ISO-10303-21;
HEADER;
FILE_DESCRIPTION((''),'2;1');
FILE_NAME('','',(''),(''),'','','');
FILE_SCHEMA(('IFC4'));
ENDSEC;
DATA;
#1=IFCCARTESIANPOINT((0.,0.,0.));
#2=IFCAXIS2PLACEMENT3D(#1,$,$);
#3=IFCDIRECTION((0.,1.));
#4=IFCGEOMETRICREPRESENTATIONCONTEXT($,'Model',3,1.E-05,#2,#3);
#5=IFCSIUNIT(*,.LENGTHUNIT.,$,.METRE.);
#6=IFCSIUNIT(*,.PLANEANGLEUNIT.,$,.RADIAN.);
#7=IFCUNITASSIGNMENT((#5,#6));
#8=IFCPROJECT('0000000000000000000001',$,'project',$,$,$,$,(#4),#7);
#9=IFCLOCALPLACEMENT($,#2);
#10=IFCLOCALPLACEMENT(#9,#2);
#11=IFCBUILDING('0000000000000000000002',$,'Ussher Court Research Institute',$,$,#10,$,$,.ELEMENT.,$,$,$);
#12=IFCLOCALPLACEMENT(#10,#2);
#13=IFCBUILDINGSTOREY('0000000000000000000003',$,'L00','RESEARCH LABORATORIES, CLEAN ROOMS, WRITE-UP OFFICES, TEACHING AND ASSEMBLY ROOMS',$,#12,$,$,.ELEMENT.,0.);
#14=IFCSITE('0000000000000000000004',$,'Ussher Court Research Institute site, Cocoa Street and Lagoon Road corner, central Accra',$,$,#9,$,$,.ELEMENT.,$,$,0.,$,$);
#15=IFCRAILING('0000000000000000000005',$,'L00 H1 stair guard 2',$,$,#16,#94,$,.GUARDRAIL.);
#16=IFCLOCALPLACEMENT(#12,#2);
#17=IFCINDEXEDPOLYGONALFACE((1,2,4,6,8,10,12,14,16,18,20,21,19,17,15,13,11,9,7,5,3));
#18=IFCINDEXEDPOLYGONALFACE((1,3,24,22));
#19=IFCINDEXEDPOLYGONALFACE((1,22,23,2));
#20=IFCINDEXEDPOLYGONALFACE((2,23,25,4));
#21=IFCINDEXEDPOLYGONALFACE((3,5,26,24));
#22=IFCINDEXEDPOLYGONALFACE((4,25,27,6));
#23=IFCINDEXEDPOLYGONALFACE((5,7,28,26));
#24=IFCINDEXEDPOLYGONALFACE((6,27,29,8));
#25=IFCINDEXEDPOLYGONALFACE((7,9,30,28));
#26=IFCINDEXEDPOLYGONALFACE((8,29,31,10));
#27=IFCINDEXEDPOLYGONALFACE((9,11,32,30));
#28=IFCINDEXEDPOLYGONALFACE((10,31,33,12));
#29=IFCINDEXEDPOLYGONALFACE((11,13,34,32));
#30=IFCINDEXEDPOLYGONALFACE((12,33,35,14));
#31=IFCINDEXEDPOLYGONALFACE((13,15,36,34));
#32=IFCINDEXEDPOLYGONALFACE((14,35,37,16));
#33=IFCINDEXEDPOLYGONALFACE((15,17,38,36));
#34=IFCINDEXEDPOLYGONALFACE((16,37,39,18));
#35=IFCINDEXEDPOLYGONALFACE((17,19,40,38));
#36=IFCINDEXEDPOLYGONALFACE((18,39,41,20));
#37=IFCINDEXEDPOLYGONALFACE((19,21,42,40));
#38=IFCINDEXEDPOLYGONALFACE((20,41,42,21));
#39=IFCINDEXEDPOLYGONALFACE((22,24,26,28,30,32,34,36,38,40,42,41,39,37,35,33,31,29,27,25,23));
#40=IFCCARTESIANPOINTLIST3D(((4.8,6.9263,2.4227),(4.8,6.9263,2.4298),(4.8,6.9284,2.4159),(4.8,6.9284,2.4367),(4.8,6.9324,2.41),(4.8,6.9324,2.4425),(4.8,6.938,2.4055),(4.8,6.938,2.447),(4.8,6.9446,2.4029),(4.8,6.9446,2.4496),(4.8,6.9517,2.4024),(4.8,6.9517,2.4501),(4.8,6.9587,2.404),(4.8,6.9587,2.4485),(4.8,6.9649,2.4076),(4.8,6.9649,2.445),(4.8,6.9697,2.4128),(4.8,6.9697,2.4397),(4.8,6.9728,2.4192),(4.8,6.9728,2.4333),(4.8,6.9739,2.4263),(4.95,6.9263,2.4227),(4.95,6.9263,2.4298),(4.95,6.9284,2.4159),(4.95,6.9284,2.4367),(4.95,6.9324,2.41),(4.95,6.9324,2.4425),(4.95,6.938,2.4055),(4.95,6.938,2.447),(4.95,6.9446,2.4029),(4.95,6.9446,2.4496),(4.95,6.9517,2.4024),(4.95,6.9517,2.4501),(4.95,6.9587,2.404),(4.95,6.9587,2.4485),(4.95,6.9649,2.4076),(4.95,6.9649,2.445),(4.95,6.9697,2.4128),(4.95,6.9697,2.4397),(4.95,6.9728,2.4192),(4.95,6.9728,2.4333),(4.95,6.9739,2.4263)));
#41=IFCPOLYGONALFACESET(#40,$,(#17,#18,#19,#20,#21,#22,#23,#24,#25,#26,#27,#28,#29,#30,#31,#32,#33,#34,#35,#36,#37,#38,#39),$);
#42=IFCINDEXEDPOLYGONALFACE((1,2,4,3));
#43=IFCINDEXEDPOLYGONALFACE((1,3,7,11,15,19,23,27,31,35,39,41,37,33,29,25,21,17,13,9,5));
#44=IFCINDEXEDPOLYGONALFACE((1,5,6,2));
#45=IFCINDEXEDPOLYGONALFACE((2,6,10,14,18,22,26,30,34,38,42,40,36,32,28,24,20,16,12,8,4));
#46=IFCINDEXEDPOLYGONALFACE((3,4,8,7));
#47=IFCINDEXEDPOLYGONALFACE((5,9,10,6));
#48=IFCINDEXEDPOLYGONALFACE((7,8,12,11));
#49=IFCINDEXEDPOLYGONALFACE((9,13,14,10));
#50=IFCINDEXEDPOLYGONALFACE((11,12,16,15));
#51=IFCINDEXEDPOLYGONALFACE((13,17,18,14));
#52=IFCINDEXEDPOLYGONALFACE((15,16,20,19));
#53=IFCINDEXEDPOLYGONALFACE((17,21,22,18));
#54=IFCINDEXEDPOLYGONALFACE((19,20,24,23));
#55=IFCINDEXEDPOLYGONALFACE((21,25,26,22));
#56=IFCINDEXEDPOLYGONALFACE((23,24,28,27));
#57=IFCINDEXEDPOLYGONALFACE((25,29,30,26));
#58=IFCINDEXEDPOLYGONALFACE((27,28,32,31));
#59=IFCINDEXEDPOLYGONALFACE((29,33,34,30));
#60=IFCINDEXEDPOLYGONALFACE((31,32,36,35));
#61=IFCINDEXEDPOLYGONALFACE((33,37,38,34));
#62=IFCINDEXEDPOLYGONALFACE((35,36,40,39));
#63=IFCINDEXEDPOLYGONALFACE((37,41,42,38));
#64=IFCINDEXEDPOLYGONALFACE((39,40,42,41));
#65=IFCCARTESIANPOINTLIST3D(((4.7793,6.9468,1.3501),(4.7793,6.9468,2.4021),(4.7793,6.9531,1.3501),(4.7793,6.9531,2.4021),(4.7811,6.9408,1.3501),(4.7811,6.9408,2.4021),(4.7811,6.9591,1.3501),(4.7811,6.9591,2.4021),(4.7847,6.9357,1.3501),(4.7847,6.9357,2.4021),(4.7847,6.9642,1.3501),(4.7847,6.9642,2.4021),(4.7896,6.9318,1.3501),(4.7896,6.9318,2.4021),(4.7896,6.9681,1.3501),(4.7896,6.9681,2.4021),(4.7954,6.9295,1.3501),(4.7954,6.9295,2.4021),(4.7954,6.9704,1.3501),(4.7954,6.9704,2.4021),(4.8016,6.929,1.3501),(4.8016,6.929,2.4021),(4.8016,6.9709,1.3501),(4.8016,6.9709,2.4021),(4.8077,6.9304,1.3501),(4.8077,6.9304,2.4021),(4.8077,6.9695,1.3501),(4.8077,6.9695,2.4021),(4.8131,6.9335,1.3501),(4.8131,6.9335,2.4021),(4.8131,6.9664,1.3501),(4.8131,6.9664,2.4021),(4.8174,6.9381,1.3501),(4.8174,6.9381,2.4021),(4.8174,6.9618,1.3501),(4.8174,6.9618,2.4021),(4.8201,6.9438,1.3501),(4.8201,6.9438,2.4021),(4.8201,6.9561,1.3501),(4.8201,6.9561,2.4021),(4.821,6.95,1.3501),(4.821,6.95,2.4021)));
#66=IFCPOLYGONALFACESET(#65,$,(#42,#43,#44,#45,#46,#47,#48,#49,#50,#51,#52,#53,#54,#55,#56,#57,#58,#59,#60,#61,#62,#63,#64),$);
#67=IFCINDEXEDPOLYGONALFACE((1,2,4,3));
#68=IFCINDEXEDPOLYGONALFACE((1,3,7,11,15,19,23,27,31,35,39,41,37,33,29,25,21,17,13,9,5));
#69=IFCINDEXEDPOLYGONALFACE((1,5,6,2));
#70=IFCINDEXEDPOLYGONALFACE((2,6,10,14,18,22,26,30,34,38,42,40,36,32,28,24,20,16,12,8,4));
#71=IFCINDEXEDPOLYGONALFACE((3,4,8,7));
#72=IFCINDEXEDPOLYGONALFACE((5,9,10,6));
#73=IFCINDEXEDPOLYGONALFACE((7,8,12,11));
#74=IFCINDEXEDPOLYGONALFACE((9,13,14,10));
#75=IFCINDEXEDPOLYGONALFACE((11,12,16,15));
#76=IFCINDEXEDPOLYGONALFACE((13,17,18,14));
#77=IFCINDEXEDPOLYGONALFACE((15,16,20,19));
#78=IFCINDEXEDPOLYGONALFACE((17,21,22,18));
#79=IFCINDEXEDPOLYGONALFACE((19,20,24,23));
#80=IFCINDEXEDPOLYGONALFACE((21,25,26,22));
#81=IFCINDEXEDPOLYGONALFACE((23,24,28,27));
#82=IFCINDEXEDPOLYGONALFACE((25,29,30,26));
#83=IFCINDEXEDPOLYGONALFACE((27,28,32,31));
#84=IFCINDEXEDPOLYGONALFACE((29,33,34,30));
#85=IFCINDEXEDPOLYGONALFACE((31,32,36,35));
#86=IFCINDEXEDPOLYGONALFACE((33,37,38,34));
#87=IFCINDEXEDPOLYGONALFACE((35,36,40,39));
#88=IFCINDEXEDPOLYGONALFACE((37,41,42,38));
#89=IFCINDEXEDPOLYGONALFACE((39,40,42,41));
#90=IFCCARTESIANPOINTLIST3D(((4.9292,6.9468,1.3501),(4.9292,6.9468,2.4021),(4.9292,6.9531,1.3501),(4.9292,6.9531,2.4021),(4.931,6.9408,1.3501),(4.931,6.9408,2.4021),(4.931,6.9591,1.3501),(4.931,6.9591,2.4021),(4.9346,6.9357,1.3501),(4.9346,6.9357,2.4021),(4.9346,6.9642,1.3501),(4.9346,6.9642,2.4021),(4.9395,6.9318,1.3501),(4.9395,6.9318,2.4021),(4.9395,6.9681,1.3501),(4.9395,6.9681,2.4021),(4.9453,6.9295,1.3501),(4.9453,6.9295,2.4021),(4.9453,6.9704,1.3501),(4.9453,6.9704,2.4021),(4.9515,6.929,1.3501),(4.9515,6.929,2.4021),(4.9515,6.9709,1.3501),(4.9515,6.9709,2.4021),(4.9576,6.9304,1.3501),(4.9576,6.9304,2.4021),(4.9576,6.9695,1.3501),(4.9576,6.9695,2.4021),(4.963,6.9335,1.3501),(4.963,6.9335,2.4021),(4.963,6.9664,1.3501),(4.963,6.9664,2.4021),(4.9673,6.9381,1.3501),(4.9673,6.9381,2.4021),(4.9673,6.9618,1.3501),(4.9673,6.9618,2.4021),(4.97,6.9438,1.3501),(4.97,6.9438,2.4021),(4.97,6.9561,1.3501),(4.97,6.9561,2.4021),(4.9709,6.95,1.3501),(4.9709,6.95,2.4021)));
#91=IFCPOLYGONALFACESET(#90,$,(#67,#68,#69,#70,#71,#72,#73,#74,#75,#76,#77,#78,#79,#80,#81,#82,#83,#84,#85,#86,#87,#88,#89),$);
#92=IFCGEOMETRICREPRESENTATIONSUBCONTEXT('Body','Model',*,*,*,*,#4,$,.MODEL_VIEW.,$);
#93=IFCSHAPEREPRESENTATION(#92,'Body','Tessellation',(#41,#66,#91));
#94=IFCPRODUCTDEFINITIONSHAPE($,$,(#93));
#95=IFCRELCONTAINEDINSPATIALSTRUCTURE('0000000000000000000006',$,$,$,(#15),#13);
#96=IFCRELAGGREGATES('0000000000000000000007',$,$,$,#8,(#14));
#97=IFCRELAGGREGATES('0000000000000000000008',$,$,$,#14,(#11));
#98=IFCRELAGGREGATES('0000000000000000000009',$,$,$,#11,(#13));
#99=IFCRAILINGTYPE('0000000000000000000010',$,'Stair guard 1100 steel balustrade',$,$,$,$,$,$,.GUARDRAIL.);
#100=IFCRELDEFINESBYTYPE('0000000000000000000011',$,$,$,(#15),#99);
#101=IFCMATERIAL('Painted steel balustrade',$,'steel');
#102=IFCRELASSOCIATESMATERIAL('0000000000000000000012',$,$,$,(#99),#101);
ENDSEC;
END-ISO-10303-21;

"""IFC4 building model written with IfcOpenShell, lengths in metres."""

from ifc_helpers import new_model, si_unit, direction, frame, origin, origin_2d, place, context, subcontext, project, spatial, circle, extrude, material, type_object, element, save


model = new_model("IFC4")

# Units and contexts
model_context = context("Model", 3, precision=1e-05, world=origin(), true_north=direction((0.0, 1.0)))
body_context = subcontext(model_context, "Body", "Model", "MODEL_VIEW")
ifc_project = project(units=[si_unit("LENGTHUNIT", "METRE"), si_unit("PLANEANGLEUNIT", "RADIAN")], contexts=[model_context])

# Site, building, storey
site_placement = place(None, origin())
site = spatial("IfcSite", under=ifc_project, at=site_placement, Name="Ussher Court Research Institute site, Cocoa Street and Lagoon Road corner, central Accra", CompositionType="ELEMENT", RefElevation=0.0)
building_placement = place(site_placement, origin())
building = spatial("IfcBuilding", under=site, at=building_placement, Name="Ussher Court Research Institute", CompositionType="ELEMENT")
storey_placement = place(building_placement, origin())
storey = spatial("IfcBuildingStorey", under=building, at=storey_placement, Name="L00", Description="RESEARCH LABORATORIES, CLEAN ROOMS, WRITE-UP OFFICES, TEACHING AND ASSEMBLY ROOMS", CompositionType="ELEMENT", Elevation=0.0)

# Railing
ifc_material_1 = material(Name="Painted steel balustrade", Category="steel")
railing_type_1 = type_object("IfcRailingType", Name="Stair guard 1100 steel balustrade", PredefinedType="GUARDRAIL", material=ifc_material_1)
railing_1_placement = place(storey_placement, frame((4.8, 6.95, 1.3501)))
element("IfcRailing", 1, at=railing_1_placement, inside=storey, type_object=railing_type_1, Name="L00 H1 stair guard 2", PredefinedType="GUARDRAIL", context=body_context, shape_type="SweptSolid", body=[
    extrude(circle(Radius=0.0239, at=origin_2d()), frame((0.0, 0.0, 1.0762), z_axis=(1.0, 0.0, 0.0), x_axis=(0.0, 1.0, 0.0)), (0.0, 0.0, 1.0), 0.1499),
    extrude(circle(Radius=0.021, at=origin_2d()), origin(), (0.0, 0.0, 1.0), 1.052),
    extrude(circle(Radius=0.021, at=origin_2d()), frame((0.1499, 0.0, 0.0)), (0.0, 0.0, 1.0), 1.052),
])

save(model, "model.ifc")
